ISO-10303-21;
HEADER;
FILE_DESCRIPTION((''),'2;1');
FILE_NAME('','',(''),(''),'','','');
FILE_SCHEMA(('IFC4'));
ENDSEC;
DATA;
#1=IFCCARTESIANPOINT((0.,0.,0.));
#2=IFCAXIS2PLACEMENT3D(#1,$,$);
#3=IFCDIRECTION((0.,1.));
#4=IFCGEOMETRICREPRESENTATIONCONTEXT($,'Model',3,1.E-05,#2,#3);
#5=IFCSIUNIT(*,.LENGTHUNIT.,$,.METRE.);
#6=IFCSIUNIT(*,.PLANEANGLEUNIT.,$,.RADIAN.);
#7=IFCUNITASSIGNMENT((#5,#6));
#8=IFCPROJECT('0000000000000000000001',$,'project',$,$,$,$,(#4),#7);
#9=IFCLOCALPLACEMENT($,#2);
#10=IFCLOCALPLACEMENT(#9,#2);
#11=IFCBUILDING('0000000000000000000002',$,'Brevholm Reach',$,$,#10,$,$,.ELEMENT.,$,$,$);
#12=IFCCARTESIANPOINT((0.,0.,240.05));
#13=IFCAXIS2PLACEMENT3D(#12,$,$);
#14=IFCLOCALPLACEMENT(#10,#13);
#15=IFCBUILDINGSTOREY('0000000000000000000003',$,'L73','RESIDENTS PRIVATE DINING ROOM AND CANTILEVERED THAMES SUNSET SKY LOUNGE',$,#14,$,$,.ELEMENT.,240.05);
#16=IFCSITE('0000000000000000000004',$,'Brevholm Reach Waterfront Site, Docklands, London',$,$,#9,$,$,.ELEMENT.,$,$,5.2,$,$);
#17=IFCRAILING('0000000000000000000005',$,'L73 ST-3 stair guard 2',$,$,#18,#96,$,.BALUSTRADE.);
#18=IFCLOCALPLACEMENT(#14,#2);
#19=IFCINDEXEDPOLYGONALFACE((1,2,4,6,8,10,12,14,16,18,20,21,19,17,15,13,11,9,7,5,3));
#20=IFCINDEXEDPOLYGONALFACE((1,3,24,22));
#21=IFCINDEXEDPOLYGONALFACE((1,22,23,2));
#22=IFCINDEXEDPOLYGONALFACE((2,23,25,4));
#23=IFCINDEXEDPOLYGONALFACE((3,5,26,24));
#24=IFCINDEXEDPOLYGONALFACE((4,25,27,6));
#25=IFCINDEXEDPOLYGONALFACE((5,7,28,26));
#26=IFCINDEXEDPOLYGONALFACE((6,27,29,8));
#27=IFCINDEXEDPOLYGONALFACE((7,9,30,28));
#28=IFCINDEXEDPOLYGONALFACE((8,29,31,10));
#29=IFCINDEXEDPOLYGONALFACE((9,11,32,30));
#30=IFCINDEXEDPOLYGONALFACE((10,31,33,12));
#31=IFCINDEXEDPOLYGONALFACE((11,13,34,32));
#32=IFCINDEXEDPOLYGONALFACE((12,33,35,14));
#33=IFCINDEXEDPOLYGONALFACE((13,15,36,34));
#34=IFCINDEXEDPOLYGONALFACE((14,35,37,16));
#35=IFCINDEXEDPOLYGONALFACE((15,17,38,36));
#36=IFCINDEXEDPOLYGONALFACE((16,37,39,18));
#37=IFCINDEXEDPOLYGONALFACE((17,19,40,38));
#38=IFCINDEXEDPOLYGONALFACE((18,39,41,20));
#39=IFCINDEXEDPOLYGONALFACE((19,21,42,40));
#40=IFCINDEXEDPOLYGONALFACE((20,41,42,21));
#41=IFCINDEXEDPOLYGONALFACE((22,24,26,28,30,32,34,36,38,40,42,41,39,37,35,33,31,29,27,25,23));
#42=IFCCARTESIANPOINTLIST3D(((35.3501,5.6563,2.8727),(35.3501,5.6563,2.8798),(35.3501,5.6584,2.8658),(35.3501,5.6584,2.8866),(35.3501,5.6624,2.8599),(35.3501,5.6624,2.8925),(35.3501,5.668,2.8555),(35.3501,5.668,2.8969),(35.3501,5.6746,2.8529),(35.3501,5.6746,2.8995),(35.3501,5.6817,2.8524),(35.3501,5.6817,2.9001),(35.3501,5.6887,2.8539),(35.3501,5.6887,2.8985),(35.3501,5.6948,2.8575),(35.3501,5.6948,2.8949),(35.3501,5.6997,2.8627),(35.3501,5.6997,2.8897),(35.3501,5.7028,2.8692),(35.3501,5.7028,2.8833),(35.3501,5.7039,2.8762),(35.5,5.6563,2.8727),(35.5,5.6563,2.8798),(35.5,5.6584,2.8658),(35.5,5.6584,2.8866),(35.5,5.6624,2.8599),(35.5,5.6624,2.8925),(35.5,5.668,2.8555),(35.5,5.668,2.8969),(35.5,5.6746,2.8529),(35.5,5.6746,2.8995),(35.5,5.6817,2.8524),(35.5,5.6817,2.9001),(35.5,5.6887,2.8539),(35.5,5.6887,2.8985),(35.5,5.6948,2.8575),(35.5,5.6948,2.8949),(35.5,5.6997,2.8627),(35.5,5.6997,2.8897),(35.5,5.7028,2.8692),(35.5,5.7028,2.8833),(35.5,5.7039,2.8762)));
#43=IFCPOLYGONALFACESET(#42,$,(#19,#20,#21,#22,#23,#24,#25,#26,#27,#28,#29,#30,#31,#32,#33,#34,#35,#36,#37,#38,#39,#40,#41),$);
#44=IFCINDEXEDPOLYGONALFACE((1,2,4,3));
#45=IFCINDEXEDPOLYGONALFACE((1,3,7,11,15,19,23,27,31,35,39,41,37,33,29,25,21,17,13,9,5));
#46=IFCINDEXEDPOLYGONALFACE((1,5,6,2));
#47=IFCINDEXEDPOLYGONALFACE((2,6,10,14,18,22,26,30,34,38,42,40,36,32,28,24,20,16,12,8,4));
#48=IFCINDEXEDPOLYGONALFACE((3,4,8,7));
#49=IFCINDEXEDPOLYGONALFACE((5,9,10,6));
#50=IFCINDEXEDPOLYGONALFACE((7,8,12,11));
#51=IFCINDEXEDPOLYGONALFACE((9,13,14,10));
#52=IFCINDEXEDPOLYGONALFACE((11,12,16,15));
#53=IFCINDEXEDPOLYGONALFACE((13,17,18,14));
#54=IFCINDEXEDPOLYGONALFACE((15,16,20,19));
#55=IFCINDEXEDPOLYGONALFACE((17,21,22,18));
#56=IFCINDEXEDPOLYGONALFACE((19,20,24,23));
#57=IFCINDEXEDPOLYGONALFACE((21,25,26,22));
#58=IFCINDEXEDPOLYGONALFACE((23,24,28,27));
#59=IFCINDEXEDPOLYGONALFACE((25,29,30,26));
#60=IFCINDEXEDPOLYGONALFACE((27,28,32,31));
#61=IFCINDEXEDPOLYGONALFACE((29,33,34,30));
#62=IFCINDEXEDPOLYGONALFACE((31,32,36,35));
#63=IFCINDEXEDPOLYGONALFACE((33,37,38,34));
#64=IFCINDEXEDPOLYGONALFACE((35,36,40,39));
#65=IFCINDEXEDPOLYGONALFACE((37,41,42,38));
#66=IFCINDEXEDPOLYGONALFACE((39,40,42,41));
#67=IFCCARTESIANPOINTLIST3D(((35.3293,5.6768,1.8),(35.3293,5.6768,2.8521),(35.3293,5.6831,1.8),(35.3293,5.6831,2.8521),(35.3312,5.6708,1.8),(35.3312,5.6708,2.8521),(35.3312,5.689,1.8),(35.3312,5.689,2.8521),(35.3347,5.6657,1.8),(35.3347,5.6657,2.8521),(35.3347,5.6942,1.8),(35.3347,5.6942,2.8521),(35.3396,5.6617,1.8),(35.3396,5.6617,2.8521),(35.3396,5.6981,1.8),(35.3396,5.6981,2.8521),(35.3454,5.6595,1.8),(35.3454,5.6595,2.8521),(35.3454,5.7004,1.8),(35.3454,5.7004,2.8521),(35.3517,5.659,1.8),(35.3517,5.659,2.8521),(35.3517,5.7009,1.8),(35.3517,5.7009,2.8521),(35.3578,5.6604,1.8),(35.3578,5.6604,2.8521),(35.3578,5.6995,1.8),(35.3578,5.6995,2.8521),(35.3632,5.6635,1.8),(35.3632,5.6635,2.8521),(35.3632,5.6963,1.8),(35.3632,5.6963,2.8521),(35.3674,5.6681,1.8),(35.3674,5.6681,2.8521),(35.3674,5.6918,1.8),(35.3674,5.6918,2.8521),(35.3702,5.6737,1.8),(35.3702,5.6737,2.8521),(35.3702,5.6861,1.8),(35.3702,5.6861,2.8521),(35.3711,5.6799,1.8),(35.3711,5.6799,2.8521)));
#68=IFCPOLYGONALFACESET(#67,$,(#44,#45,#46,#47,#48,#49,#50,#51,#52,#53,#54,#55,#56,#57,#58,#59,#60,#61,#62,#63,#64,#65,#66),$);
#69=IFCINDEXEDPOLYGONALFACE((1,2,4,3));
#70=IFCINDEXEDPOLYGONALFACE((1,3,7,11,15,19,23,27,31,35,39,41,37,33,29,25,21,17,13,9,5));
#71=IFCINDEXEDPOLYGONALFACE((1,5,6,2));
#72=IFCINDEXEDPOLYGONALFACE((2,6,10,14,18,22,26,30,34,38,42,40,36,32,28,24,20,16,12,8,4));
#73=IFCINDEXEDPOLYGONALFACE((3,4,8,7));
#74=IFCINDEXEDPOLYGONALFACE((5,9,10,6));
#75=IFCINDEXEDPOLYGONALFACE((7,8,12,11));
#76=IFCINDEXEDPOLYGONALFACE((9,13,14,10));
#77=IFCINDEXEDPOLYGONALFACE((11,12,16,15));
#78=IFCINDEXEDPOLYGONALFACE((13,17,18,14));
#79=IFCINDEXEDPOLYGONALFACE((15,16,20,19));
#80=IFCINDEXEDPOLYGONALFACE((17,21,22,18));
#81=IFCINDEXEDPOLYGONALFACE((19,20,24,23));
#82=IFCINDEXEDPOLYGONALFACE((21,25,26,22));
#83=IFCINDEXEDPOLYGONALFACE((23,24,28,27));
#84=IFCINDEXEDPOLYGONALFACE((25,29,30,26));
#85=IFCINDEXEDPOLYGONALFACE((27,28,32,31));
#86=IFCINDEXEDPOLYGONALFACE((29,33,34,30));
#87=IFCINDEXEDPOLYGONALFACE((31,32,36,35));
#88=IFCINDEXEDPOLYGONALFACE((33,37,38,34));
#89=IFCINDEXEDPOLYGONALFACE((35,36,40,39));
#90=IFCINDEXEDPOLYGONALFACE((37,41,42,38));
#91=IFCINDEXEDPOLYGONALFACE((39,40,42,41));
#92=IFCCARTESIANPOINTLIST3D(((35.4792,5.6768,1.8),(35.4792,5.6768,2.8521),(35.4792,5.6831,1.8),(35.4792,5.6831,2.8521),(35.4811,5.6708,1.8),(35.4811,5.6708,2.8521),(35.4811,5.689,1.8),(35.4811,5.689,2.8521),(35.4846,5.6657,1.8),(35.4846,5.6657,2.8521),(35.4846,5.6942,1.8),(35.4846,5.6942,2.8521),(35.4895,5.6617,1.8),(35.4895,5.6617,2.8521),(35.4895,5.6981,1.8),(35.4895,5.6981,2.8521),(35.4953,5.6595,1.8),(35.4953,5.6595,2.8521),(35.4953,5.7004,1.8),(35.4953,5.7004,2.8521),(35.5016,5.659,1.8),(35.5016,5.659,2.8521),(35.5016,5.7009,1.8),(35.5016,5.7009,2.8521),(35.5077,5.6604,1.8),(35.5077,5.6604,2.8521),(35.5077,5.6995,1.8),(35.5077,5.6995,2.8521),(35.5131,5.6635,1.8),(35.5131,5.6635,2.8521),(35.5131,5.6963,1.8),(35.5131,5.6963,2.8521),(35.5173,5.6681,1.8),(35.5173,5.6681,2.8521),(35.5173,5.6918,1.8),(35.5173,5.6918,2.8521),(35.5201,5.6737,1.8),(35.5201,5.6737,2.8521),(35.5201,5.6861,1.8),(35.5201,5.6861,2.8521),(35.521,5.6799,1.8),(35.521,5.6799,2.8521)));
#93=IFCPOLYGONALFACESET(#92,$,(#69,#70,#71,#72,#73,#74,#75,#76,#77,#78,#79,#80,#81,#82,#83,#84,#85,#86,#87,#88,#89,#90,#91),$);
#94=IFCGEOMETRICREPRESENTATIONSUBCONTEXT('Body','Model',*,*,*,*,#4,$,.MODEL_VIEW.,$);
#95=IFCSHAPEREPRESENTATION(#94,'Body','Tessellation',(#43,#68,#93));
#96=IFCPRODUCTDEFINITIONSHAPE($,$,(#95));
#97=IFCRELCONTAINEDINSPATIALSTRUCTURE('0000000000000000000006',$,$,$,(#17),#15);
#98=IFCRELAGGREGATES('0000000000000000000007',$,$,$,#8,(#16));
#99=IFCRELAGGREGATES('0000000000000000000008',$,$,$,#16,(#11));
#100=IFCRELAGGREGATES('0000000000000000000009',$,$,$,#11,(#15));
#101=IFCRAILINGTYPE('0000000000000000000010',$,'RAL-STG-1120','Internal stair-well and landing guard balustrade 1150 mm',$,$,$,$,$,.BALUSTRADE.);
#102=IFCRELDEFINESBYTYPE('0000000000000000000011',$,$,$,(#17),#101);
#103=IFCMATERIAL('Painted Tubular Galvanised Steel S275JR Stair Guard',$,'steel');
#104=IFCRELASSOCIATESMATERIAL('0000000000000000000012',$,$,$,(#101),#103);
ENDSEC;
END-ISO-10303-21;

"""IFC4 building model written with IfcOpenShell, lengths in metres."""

from ifc_helpers import new_model, si_unit, direction, frame, origin, origin_2d, place, context, subcontext, project, spatial, circle, extrude, material, type_object, element, save


model = new_model("IFC4")

# Units and contexts
model_context = context("Model", 3, precision=1e-05, world=origin(), true_north=direction((0.0, 1.0)))
body_context = subcontext(model_context, "Body", "Model", "MODEL_VIEW")
ifc_project = project(units=[si_unit("LENGTHUNIT", "METRE"), si_unit("PLANEANGLEUNIT", "RADIAN")], contexts=[model_context])

# Site, building, storey
site_placement = place(None, origin())
site = spatial("IfcSite", under=ifc_project, at=site_placement, Name="Brevholm Reach Waterfront Site, Docklands, London", CompositionType="ELEMENT", RefElevation=5.2)
building_placement = place(site_placement, origin())
building = spatial("IfcBuilding", under=site, at=building_placement, Name="Brevholm Reach", CompositionType="ELEMENT")
storey_placement = place(building_placement, frame((0.0, 0.0, 240.05)))
storey = spatial("IfcBuildingStorey", under=building, at=storey_placement, Name="L73", Description="RESIDENTS PRIVATE DINING ROOM AND CANTILEVERED THAMES SUNSET SKY LOUNGE", CompositionType="ELEMENT", Elevation=240.05)

# Railing
ifc_material_1 = material(Name="Painted Tubular Galvanised Steel S275JR Stair Guard", Category="steel")
railing_type_1 = type_object("IfcRailingType", Name="RAL-STG-1120", Description="Internal stair-well and landing guard balustrade 1150 mm", PredefinedType="BALUSTRADE", material=ifc_material_1)
railing_1_placement = place(storey_placement, frame((35.3501, 5.6799, 1.8)))
element("IfcRailing", 1, at=railing_1_placement, inside=storey, type_object=railing_type_1, Name="L73 ST-3 stair guard 2", PredefinedType="BALUSTRADE", context=body_context, shape_type="SweptSolid", body=[
    extrude(circle(Radius=0.0239, at=origin_2d()), frame((0.0, 0.0, 1.0762), z_axis=(1.0, 0.0, 0.0), x_axis=(0.0, 1.0, 0.0)), (0.0, 0.0, 1.0), 0.1499),
    extrude(circle(Radius=0.021, at=origin_2d()), origin(), (0.0, 0.0, 1.0), 1.052),
    extrude(circle(Radius=0.021, at=origin_2d()), frame((0.1499, 0.0, 0.0)), (0.0, 0.0, 1.0), 1.052),
])

save(model, "model.ifc")
